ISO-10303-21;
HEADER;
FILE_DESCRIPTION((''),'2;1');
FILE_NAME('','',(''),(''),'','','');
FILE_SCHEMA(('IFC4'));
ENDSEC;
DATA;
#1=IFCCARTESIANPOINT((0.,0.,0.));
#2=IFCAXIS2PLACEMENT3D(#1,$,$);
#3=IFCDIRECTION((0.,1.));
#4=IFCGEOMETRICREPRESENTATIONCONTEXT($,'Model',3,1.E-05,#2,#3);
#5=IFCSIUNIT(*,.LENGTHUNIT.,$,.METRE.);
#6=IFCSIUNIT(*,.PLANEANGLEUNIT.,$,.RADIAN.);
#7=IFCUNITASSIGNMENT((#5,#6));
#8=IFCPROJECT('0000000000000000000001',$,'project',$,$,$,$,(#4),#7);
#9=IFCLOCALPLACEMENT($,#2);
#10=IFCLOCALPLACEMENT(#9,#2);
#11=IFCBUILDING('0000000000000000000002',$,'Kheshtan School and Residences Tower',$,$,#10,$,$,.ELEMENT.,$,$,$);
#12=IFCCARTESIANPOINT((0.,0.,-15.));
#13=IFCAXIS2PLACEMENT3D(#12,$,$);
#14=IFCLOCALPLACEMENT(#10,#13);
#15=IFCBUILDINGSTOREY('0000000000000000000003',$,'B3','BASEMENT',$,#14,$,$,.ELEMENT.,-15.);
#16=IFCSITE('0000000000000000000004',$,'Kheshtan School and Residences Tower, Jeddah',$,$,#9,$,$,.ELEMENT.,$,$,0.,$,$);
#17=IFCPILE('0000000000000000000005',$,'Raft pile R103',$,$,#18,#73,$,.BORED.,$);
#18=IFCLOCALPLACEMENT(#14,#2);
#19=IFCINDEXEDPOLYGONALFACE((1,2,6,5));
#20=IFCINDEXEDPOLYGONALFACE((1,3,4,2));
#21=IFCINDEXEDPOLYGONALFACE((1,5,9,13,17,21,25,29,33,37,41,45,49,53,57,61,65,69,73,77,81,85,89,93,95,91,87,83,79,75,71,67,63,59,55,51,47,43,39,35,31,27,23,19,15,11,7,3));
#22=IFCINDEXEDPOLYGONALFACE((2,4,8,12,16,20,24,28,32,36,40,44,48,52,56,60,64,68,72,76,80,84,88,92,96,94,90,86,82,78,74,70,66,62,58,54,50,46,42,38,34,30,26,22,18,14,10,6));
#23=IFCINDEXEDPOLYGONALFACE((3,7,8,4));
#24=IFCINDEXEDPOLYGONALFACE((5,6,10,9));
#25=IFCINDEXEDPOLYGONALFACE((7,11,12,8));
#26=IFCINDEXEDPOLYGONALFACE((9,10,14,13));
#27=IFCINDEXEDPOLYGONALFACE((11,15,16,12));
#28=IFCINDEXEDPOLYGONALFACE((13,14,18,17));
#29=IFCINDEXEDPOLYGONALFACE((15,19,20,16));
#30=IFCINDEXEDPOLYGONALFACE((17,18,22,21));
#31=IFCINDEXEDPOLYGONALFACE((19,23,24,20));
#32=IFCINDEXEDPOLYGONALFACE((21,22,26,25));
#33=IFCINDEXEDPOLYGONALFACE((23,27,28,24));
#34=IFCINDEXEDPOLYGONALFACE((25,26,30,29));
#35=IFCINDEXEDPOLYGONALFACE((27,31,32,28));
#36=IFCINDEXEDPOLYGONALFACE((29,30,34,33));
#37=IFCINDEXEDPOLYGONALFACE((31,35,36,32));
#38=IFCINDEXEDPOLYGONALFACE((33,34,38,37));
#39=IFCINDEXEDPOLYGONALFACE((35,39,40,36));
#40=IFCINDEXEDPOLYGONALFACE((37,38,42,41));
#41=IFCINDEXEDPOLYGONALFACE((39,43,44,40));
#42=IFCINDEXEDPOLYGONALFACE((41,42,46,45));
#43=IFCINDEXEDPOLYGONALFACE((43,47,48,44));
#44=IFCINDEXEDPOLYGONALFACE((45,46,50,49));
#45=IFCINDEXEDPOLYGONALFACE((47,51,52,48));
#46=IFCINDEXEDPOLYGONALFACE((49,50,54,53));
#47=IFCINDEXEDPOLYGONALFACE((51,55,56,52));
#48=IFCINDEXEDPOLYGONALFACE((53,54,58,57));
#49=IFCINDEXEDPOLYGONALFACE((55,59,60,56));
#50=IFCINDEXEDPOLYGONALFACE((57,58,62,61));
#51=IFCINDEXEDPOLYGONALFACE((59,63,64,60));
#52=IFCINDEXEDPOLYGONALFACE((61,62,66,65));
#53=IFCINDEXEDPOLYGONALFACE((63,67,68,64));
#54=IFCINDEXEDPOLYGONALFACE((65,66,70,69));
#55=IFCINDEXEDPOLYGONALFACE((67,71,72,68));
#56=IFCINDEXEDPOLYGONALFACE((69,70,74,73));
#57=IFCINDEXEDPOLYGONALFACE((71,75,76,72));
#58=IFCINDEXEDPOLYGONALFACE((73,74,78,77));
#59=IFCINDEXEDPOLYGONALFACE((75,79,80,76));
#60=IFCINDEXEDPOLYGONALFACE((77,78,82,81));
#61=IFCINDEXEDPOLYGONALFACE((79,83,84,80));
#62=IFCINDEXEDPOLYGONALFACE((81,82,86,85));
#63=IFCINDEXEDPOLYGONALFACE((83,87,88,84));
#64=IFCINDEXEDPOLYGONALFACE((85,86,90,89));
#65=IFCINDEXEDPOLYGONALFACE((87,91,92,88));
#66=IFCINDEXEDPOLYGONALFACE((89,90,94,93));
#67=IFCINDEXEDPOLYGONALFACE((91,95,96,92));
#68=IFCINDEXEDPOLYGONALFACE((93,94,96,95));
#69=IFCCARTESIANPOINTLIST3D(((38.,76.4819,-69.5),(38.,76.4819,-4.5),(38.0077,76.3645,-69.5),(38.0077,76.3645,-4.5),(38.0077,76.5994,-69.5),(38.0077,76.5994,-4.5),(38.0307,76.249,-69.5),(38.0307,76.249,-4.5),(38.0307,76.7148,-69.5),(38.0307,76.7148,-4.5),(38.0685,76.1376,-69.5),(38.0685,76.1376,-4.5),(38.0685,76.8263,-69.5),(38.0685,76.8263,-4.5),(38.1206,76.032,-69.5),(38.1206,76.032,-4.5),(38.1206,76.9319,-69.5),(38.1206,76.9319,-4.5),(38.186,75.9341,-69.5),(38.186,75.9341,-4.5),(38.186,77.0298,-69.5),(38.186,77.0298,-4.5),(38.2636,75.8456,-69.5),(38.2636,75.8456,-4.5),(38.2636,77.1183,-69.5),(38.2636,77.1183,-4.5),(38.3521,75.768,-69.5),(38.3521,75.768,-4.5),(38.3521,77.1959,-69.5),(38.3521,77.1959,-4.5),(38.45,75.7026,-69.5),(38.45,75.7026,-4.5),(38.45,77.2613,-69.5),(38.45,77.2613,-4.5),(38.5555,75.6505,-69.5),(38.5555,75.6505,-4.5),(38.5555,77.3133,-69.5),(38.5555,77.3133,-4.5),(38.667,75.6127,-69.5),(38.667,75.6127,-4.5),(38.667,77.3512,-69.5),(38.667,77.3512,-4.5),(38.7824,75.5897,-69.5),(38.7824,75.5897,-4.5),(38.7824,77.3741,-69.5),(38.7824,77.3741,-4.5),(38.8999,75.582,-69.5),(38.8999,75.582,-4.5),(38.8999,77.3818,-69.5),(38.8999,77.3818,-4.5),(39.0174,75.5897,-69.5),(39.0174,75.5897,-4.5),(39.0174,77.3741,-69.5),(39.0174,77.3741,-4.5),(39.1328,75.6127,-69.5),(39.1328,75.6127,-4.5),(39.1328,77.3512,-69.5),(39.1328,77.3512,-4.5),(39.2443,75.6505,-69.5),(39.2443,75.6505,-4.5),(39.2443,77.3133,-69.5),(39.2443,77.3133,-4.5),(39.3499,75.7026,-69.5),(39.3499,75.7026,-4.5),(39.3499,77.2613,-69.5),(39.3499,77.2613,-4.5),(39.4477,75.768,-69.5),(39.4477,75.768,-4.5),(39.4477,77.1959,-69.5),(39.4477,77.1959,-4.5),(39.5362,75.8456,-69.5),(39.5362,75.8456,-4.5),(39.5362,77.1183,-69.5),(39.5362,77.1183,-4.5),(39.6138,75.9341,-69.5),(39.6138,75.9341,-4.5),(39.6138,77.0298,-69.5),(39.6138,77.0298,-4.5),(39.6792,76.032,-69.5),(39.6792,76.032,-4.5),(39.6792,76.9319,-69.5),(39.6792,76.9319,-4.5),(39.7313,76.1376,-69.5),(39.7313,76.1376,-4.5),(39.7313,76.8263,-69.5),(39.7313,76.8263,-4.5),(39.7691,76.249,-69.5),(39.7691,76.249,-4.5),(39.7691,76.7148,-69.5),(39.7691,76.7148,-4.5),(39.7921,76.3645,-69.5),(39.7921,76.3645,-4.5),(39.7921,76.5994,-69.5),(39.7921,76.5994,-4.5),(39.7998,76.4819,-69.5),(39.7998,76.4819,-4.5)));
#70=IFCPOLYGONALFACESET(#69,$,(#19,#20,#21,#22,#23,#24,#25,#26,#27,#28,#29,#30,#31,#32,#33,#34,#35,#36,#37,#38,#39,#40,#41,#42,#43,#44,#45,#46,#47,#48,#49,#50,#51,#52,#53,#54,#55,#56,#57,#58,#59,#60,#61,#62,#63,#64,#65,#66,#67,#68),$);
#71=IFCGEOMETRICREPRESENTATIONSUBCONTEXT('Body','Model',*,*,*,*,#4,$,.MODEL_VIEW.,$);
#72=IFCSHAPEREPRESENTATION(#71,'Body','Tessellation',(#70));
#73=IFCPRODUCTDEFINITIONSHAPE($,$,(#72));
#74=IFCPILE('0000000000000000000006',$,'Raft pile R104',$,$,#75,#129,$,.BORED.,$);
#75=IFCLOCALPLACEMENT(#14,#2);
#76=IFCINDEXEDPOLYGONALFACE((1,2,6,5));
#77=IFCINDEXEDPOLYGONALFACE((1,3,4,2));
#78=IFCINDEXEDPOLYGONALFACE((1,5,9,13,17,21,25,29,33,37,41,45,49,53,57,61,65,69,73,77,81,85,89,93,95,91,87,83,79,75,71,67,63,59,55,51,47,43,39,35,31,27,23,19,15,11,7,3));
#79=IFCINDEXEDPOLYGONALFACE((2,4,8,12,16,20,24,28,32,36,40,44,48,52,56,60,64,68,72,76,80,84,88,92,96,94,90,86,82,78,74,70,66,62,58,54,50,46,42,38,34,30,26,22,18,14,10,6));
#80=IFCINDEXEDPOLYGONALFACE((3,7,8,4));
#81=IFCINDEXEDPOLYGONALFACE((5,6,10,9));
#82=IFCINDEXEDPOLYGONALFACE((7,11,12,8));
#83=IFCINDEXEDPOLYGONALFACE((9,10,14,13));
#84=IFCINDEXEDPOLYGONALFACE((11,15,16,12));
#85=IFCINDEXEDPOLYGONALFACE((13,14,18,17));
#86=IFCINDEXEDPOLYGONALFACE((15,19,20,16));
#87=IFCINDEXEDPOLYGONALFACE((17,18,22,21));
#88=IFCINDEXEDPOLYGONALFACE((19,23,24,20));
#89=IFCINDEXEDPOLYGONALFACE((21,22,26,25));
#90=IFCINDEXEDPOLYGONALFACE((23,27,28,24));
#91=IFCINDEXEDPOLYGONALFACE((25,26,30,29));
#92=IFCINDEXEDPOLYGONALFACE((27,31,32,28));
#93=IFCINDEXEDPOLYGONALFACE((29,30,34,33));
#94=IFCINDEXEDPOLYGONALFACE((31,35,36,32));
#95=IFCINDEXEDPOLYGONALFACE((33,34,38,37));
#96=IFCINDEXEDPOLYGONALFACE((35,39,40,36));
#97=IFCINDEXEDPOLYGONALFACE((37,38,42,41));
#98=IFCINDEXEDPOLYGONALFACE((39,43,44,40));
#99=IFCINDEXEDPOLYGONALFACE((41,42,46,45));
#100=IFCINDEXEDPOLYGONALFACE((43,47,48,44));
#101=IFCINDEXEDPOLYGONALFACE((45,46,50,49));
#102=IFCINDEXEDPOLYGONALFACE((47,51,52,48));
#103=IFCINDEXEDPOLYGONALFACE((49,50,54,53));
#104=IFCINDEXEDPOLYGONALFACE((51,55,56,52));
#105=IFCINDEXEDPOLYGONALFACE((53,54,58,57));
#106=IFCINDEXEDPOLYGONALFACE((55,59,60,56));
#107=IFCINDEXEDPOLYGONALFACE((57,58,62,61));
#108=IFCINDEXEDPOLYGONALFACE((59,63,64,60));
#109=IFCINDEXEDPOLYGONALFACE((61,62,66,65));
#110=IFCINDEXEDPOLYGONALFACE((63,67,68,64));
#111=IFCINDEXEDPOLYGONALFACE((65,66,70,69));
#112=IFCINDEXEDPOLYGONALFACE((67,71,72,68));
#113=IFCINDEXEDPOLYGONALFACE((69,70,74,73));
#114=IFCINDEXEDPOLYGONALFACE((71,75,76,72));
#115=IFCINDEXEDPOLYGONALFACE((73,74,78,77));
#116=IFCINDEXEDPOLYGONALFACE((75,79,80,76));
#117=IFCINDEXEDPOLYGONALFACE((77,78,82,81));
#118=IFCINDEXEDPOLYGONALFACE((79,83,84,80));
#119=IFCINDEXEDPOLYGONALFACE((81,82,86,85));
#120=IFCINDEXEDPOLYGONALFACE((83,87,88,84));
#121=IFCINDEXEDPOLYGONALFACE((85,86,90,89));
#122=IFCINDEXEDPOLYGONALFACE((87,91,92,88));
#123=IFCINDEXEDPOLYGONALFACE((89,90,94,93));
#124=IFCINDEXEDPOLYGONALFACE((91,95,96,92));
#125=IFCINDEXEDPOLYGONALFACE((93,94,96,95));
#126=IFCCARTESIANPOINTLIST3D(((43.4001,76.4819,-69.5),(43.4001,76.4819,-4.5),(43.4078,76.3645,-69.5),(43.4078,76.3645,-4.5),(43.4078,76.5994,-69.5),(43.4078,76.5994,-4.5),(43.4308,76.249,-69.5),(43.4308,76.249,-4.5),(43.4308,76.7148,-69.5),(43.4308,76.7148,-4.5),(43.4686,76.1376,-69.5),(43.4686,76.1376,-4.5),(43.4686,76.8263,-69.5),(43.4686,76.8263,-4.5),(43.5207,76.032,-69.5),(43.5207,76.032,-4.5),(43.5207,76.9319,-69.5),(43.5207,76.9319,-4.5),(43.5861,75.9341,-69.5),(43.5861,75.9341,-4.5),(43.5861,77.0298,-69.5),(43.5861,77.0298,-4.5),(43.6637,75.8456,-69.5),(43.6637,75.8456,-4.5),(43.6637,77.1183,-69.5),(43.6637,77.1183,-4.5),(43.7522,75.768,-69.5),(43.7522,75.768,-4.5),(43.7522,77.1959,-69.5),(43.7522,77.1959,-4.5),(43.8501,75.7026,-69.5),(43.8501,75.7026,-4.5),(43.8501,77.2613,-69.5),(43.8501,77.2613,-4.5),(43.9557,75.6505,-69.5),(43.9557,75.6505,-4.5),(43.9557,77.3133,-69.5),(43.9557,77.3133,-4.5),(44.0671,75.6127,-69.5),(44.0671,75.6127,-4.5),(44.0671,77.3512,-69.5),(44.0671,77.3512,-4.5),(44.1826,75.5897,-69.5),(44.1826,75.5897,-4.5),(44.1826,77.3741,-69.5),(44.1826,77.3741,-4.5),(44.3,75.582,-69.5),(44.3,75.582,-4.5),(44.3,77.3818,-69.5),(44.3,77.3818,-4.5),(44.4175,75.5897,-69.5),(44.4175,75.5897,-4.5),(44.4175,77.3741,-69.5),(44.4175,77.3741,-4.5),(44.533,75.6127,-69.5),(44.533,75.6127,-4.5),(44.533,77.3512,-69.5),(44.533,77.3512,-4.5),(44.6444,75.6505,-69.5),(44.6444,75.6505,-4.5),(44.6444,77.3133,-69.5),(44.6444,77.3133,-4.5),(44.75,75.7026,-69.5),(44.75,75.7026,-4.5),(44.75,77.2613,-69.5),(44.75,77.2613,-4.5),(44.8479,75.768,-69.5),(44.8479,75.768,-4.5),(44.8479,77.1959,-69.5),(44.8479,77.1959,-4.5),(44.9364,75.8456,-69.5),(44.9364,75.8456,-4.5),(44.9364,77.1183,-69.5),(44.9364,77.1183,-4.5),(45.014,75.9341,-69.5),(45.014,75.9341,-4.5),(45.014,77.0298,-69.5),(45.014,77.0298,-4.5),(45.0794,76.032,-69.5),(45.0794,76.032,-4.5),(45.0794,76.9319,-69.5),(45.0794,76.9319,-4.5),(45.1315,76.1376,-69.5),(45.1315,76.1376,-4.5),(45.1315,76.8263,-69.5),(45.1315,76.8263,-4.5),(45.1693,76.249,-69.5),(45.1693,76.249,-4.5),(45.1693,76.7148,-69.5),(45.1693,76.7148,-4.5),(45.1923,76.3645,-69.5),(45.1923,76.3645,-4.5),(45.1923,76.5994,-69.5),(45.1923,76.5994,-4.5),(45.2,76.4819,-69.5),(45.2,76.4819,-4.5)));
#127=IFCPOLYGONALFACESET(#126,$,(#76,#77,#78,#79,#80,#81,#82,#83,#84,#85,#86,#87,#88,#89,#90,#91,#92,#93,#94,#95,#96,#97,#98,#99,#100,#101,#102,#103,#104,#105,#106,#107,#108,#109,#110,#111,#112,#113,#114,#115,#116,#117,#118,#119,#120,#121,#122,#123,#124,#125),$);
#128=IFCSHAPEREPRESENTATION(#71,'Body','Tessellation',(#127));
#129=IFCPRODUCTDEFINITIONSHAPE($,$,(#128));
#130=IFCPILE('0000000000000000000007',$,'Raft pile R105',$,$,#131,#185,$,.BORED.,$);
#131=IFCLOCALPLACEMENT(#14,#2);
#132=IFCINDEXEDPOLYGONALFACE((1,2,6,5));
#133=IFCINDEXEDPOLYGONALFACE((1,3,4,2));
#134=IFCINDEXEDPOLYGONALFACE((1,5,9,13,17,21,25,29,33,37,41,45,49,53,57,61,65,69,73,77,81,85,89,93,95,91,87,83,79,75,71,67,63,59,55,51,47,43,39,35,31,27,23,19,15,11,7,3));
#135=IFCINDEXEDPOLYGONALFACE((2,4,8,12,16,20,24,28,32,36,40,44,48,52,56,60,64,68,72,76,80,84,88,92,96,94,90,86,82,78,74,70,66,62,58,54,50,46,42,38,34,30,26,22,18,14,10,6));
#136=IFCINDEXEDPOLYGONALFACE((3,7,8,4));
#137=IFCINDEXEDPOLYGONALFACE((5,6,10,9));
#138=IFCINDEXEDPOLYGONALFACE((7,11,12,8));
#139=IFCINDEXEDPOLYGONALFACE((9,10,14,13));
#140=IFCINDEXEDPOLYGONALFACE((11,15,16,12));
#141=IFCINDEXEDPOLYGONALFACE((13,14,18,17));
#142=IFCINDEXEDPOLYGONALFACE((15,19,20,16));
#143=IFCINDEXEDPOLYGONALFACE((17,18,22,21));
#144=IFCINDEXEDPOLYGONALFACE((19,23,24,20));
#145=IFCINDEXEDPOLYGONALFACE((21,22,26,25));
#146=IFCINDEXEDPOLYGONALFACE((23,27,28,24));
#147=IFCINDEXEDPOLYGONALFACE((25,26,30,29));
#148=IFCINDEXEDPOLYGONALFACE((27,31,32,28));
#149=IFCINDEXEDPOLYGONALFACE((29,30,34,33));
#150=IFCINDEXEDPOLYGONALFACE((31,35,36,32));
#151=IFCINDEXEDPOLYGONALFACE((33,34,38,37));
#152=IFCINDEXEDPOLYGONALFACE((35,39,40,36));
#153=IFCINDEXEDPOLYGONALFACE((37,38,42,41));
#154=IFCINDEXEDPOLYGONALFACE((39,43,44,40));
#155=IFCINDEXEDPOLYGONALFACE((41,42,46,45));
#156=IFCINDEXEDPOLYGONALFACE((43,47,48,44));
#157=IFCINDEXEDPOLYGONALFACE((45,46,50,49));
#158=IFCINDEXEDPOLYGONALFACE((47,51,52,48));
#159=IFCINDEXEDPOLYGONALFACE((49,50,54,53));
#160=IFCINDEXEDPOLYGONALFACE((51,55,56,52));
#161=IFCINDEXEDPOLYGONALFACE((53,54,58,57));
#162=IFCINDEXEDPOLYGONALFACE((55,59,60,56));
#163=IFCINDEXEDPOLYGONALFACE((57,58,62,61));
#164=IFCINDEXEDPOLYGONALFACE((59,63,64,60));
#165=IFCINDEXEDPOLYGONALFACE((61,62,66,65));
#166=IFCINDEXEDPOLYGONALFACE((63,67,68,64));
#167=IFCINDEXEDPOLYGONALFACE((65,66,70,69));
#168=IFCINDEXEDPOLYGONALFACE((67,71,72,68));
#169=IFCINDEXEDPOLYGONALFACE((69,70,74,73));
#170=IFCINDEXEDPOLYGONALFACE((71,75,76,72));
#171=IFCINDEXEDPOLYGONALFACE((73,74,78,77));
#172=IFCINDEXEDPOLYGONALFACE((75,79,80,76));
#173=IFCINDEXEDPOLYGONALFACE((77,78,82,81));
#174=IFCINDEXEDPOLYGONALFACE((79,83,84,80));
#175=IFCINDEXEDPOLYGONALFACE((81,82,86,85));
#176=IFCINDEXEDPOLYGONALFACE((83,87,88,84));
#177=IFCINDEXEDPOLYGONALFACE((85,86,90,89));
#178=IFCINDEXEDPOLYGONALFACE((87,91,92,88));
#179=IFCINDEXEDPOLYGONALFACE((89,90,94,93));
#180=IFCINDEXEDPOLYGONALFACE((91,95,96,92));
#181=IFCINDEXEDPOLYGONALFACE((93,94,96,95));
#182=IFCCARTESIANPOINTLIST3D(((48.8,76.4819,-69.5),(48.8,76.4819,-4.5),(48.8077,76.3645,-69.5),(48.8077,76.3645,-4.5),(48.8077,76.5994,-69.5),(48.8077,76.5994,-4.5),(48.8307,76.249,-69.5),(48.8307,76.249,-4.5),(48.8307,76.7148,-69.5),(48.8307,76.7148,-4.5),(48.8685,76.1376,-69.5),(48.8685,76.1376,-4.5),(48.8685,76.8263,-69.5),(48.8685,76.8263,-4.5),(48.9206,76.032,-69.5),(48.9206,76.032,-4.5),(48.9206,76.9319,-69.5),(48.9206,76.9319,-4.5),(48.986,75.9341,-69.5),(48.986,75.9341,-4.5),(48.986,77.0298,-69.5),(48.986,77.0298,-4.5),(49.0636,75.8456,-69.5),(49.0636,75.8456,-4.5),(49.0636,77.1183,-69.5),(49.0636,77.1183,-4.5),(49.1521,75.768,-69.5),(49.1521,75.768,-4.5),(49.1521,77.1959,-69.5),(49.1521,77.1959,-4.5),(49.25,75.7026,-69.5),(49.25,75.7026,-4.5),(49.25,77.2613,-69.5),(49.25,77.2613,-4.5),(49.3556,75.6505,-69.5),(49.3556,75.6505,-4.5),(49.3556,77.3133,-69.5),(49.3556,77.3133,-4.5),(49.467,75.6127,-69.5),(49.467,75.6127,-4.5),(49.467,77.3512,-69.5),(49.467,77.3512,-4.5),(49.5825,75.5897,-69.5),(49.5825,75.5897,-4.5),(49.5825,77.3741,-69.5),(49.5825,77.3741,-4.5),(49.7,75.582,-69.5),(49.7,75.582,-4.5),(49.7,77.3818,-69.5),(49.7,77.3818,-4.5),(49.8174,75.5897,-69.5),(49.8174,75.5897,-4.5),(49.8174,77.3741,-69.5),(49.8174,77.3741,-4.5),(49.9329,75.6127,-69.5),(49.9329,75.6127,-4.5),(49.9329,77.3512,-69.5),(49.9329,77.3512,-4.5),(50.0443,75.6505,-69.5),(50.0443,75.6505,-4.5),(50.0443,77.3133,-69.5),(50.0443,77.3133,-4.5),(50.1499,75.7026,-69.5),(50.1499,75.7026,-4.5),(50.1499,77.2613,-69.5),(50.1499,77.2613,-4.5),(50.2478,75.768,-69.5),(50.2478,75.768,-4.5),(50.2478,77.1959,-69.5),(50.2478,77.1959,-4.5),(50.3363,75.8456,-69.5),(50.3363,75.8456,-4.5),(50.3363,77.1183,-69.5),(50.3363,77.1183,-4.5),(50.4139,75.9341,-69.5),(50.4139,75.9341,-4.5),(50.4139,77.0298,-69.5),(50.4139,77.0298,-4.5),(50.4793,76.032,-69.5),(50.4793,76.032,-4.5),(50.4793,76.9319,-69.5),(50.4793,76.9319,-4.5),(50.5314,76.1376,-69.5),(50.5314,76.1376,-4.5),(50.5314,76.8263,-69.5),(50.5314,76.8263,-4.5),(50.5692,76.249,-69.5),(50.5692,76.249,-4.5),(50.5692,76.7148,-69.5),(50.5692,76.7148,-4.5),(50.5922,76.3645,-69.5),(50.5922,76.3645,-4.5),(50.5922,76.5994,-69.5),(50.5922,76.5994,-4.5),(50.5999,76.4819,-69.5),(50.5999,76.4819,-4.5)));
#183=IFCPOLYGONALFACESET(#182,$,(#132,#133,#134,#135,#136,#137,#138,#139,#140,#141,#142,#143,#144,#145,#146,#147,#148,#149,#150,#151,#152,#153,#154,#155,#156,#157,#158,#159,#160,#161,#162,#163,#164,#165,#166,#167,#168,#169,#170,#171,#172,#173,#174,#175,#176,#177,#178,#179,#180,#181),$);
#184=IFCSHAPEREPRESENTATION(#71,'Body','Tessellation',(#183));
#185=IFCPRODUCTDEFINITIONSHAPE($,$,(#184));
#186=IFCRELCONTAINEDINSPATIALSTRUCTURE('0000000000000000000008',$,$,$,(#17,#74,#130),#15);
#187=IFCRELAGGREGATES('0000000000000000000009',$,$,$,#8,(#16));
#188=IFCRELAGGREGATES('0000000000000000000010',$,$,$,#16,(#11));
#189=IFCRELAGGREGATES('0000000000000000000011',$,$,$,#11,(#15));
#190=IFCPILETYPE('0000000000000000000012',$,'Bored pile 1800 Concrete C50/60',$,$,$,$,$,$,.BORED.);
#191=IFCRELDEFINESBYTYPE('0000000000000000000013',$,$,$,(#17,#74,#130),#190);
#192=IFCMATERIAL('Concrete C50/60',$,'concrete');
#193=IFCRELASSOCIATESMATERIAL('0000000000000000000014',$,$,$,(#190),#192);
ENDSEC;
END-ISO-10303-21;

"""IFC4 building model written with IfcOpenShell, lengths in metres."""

from ifc_helpers import new_model, si_unit, direction, frame, origin, origin_2d, place, context, subcontext, project, spatial, circle, extrude, material, material_profile, profile_set, type_object, element, save


model = new_model("IFC4")

# Units and contexts
model_context = context("Model", 3, precision=1e-05, world=origin(), true_north=direction((0.0, 1.0)))
body_context = subcontext(model_context, "Body", "Model", "MODEL_VIEW")
ifc_project = project(units=[si_unit("LENGTHUNIT", "METRE"), si_unit("PLANEANGLEUNIT", "RADIAN")], contexts=[model_context])

# Site, building, storey
site_placement = place(None, origin())
site = spatial("IfcSite", under=ifc_project, at=site_placement, Name="Kheshtan School and Residences Tower, Jeddah", CompositionType="ELEMENT", RefElevation=0.0)
building_placement = place(site_placement, origin())
building = spatial("IfcBuilding", under=site, at=building_placement, Name="Kheshtan School and Residences Tower", CompositionType="ELEMENT")
storey_placement = place(building_placement, frame((0.0, 0.0, -15.0)))
storey = spatial("IfcBuildingStorey", under=building, at=storey_placement, Name="B3", Description="BASEMENT", CompositionType="ELEMENT", Elevation=-15.0)

# Piles
ifc_material_1 = material(Name="Concrete C50/60", Category="concrete")
ifc_material_profile_1 = material_profile(ifc_material_1, circle(Radius=0.8999, at=origin_2d()), Name="BP 1800")
ifc_profile_set_1 = profile_set([ifc_material_profile_1], Name="Concrete C50/60")
pile_type = type_object("IfcPileType", Name="Bored pile 1800 Concrete C50/60", PredefinedType="BORED", material=ifc_profile_set_1)
for number, where, z_axis, x_axis, name in (
    (1, (38.8999, 76.4819, -4.5), (0.0, 0.0, -1.0), (1.0, 0.0, 0.0), "Raft pile R103"),
    (2, (44.3, 76.4819, -4.5), (0.0, 0.0, -1.0), (1.0, 0.0, 0.0), "Raft pile R104"),
    (3, (49.7, 76.4819, -4.5), (0.0, 0.0, -1.0), (1.0, 0.0, 0.0), "Raft pile R105"),
):
    element("IfcPile", number, at=place(storey_placement, frame(where, z_axis=z_axis, x_axis=x_axis)), inside=storey, type_object=pile_type, Name=name, PredefinedType="BORED", context=body_context, shape_type="SweptSolid", body=[
        extrude(circle(Radius=0.8999, at=origin_2d()), origin(), (0.0, 0.0, 1.0), 65.0),
    ])

save(model, "model.ifc")
